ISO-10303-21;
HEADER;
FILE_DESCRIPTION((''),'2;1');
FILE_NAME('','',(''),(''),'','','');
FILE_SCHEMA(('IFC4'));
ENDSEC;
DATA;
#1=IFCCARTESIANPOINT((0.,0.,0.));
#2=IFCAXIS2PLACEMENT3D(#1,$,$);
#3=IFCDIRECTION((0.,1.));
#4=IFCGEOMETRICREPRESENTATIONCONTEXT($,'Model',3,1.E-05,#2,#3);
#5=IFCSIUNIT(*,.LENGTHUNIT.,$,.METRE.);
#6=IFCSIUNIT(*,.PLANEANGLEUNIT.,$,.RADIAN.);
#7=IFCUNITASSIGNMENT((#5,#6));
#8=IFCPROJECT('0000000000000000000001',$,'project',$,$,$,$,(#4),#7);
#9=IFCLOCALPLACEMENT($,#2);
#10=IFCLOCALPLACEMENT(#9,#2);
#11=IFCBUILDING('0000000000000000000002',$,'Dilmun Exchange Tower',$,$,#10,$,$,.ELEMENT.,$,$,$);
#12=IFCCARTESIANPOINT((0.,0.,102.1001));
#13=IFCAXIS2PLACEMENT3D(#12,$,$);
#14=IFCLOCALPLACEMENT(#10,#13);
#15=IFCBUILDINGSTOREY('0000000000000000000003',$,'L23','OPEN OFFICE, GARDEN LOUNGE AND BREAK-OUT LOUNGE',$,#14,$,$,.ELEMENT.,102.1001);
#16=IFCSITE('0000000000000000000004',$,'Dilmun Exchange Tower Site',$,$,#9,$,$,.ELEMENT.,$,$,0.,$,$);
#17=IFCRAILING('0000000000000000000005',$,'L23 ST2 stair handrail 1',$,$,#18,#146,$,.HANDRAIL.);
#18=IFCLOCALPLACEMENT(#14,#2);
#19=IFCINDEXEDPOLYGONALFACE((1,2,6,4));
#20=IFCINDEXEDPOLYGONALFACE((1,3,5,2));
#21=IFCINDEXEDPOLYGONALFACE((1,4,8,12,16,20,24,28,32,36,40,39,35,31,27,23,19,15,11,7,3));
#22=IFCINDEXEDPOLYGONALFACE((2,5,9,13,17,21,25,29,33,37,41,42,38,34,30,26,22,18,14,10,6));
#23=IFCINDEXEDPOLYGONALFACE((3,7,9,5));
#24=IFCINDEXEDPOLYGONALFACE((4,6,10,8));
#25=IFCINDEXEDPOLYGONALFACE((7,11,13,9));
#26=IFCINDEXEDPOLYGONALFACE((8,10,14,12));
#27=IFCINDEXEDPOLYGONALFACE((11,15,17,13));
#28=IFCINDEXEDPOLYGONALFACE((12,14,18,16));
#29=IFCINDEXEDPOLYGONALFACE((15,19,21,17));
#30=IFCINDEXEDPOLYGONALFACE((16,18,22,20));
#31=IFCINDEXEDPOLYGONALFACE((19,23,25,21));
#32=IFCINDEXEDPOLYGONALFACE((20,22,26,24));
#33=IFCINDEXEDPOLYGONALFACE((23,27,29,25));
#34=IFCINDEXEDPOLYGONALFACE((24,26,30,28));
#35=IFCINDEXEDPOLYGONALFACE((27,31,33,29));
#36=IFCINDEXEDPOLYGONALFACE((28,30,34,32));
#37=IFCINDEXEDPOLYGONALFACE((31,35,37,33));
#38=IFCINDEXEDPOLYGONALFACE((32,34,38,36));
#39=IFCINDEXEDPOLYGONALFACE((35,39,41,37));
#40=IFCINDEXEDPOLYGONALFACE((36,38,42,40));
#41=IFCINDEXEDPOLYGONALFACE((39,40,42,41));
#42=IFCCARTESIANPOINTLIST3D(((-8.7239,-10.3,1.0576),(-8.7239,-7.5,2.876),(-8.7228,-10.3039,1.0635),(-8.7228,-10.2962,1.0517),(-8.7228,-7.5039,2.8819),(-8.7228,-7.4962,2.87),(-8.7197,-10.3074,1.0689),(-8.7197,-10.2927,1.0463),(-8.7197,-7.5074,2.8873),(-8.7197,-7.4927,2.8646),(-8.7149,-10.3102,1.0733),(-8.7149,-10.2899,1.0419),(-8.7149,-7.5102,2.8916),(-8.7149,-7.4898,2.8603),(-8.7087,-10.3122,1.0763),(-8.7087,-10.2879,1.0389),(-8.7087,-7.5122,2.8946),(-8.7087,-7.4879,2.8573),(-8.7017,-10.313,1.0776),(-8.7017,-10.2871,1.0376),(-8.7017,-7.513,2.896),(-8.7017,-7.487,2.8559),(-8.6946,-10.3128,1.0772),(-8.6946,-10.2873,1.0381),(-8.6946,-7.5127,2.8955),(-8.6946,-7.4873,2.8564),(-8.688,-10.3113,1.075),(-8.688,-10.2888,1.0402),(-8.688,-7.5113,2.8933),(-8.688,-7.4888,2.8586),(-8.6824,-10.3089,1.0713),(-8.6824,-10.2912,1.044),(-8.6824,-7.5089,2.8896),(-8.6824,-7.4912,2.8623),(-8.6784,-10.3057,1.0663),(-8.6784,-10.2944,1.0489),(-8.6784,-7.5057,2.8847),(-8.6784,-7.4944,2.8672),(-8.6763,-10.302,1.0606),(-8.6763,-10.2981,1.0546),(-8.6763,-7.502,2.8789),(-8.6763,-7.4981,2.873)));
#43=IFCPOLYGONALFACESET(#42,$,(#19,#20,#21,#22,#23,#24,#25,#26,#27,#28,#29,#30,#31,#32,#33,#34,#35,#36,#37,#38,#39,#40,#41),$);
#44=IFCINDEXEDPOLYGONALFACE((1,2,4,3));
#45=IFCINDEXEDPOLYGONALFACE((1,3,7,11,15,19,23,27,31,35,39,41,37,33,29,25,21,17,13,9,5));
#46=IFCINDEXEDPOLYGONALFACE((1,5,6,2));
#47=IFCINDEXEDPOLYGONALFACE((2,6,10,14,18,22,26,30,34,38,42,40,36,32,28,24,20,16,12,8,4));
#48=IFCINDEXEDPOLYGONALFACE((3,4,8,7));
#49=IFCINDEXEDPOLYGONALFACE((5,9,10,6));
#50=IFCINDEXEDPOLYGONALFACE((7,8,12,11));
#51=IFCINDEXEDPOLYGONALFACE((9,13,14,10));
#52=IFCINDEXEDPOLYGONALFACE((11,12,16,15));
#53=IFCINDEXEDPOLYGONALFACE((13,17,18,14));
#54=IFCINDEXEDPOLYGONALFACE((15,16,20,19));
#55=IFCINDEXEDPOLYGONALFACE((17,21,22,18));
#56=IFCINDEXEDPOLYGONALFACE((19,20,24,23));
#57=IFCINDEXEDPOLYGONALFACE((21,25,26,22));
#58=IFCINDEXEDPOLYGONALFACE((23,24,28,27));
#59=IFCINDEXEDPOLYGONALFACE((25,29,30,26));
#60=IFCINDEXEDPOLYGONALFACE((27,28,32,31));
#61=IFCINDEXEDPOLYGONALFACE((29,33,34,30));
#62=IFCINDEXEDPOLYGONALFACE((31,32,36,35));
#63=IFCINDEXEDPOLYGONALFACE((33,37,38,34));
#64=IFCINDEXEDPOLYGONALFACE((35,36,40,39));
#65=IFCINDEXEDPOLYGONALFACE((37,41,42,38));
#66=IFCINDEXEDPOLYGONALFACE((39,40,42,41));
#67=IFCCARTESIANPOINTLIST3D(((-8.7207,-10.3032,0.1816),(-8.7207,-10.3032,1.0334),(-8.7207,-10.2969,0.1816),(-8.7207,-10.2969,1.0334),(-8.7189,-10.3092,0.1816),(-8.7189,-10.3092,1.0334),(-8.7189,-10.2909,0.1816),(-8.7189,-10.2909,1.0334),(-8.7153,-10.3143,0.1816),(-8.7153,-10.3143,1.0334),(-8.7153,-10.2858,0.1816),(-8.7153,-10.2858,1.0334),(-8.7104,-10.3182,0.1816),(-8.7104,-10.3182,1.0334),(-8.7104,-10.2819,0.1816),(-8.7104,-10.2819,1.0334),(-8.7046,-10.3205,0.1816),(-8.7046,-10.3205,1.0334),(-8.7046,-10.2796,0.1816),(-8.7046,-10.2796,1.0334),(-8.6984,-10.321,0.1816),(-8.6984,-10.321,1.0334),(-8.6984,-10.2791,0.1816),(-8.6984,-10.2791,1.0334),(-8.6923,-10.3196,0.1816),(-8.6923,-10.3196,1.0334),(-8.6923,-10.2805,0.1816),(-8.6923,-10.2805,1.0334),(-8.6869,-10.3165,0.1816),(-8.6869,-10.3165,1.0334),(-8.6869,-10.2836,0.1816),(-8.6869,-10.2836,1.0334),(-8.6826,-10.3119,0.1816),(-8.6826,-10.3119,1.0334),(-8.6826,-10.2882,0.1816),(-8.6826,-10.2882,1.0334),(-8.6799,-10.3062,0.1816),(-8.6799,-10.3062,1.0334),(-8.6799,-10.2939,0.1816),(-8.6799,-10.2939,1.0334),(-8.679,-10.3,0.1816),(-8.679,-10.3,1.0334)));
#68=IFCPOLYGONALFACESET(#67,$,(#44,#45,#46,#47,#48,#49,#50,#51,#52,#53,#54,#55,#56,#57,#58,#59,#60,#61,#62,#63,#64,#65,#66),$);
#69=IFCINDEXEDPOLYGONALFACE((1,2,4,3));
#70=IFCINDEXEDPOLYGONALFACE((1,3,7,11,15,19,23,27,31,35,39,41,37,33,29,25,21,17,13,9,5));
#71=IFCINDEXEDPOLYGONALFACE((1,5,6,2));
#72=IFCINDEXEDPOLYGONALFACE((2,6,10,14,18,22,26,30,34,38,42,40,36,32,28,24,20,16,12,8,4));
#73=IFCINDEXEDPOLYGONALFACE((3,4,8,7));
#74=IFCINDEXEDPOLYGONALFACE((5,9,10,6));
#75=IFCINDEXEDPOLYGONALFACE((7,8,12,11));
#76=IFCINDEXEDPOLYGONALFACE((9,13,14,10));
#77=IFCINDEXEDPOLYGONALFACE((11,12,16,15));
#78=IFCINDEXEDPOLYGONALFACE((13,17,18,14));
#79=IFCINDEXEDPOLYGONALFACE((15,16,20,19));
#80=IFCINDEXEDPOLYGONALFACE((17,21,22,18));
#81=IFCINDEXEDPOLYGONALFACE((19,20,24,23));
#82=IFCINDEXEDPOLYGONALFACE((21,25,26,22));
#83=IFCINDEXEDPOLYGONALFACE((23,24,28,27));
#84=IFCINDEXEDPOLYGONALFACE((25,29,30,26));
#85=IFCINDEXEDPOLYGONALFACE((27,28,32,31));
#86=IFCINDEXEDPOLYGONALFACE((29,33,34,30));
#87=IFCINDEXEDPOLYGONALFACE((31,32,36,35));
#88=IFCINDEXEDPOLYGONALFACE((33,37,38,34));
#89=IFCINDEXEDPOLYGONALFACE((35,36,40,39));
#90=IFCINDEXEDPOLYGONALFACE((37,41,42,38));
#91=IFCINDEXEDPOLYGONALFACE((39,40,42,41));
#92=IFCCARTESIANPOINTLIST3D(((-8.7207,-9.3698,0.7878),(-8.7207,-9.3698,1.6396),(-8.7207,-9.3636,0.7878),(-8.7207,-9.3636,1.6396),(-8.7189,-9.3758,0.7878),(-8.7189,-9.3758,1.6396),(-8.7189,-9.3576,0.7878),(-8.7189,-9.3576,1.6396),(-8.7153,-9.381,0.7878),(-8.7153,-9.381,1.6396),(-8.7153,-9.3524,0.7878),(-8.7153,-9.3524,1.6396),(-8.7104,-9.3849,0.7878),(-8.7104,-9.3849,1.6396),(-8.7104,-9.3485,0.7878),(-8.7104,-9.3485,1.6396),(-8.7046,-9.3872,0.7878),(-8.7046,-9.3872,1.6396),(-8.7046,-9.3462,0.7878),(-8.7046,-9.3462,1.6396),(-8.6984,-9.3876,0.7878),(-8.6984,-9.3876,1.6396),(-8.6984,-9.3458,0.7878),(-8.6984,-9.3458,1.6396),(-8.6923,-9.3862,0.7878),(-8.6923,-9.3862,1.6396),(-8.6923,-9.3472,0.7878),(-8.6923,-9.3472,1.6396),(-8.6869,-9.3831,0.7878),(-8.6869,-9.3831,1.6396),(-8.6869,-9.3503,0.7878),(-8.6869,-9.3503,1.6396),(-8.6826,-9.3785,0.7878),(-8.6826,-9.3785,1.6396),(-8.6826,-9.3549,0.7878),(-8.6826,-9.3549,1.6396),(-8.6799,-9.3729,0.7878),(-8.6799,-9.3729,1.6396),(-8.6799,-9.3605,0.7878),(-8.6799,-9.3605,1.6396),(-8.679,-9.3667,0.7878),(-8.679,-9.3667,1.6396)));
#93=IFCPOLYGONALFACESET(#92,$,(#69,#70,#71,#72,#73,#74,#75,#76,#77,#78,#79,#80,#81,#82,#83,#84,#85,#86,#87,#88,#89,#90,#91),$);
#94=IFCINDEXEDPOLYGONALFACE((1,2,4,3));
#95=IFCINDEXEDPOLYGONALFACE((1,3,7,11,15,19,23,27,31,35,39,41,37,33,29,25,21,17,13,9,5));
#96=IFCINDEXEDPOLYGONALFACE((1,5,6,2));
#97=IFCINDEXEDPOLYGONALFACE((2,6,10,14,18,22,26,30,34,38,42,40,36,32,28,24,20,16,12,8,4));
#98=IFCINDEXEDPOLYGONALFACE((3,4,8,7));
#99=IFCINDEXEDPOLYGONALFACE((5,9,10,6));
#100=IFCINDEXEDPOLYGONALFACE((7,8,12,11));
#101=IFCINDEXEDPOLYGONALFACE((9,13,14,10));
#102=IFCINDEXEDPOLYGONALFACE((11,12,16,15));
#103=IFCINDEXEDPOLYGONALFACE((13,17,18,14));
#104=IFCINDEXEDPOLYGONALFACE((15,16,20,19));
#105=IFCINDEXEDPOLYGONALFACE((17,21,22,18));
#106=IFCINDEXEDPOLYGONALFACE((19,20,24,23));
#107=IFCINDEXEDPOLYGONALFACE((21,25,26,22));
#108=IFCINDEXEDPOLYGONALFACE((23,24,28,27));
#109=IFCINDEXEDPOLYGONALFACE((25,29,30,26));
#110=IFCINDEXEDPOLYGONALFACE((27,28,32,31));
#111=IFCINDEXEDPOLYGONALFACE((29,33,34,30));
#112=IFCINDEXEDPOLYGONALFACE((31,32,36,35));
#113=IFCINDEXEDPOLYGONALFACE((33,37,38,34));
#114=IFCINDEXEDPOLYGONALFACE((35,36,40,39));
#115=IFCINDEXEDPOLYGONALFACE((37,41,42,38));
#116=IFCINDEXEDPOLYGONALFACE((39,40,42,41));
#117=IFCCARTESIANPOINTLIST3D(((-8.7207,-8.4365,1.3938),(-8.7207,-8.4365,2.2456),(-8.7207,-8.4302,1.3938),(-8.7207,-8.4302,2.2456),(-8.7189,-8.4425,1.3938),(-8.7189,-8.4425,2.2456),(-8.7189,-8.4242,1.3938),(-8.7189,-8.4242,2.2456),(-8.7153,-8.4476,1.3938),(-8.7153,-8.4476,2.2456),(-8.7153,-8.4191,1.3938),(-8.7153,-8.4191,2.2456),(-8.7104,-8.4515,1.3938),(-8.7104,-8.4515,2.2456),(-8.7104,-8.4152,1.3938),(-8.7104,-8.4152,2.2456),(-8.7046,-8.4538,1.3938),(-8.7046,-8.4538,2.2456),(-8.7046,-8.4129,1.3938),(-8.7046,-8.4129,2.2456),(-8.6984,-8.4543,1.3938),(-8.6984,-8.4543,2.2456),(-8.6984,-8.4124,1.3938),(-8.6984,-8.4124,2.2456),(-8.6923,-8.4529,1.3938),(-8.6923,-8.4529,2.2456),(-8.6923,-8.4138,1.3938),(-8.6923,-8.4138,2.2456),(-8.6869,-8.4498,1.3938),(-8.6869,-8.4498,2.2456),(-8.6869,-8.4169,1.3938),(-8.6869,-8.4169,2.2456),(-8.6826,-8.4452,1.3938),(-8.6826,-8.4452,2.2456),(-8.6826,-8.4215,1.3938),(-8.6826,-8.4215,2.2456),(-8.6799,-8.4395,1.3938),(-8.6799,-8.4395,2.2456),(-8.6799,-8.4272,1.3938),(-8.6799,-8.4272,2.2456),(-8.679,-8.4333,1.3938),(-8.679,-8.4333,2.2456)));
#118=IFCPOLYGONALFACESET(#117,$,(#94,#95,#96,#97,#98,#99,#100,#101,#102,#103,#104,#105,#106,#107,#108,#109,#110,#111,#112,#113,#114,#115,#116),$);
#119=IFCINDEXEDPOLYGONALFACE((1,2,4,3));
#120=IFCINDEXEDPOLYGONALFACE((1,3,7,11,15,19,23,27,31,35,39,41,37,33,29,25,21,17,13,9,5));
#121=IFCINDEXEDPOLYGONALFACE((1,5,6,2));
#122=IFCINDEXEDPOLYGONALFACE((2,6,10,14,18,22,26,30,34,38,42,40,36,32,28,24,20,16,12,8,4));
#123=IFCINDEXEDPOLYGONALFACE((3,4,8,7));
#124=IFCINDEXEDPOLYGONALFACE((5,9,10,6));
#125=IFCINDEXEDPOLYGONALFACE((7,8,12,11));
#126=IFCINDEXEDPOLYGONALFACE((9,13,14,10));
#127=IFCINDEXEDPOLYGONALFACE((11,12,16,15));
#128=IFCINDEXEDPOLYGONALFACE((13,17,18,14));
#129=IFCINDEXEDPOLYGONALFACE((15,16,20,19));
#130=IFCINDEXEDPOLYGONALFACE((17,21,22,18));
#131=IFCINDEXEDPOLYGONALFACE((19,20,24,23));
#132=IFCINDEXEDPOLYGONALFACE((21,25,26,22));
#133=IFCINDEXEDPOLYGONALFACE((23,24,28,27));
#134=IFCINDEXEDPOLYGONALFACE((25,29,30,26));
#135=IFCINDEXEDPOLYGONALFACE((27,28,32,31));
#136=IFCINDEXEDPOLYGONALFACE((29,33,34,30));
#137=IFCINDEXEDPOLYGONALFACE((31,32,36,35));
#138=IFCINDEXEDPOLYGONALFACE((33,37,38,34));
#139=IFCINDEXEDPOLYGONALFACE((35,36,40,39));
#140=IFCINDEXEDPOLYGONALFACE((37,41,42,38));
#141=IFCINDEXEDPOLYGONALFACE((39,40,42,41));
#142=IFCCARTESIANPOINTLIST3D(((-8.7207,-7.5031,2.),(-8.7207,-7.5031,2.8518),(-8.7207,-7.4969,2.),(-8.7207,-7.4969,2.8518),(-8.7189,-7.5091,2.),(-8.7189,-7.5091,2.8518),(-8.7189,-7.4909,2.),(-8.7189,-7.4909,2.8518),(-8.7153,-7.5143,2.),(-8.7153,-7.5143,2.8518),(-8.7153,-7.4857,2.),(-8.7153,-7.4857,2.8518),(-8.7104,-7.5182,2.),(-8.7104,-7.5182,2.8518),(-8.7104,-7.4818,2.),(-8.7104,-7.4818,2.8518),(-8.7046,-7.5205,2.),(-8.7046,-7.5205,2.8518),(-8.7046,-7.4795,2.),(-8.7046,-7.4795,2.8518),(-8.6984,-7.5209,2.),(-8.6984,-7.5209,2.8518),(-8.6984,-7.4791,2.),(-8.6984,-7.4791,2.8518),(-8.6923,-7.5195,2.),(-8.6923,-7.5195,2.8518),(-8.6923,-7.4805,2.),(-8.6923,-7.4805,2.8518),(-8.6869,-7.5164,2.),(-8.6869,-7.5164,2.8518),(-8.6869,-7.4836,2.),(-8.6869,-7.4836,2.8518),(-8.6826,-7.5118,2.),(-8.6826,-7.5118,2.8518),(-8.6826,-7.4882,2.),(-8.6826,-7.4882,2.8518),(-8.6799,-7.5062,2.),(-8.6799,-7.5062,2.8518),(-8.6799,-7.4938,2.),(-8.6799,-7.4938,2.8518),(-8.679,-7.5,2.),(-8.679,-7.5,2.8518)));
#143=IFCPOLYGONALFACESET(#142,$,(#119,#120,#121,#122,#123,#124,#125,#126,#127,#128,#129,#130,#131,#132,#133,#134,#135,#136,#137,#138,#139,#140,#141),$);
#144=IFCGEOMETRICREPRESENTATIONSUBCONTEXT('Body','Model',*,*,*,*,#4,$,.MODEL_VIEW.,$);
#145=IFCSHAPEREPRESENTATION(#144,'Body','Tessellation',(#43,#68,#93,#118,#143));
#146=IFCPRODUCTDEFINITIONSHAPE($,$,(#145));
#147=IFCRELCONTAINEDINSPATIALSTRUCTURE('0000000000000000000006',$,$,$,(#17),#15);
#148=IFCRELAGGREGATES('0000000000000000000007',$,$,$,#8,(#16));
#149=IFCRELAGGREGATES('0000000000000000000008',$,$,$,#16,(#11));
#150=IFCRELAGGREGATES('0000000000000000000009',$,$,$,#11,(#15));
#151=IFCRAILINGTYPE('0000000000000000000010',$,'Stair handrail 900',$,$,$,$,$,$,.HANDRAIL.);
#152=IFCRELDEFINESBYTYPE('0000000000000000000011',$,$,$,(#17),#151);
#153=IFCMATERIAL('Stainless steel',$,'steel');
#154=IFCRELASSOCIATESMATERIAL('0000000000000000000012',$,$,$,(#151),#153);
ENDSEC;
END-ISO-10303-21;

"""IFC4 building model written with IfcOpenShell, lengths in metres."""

from ifc_helpers import new_model, si_unit, direction, frame, origin, origin_2d, place, context, subcontext, project, spatial, circle, extrude, material, type_object, element, save


model = new_model("IFC4")

# Units and contexts
model_context = context("Model", 3, precision=1e-05, world=origin(), true_north=direction((0.0, 1.0)))
body_context = subcontext(model_context, "Body", "Model", "MODEL_VIEW")
ifc_project = project(units=[si_unit("LENGTHUNIT", "METRE"), si_unit("PLANEANGLEUNIT", "RADIAN")], contexts=[model_context])

# Site, building, storey
site_placement = place(None, origin())
site = spatial("IfcSite", under=ifc_project, at=site_placement, Name="Dilmun Exchange Tower Site", CompositionType="ELEMENT", RefElevation=0.0)
building_placement = place(site_placement, origin())
building = spatial("IfcBuilding", under=site, at=building_placement, Name="Dilmun Exchange Tower", CompositionType="ELEMENT")
storey_placement = place(building_placement, frame((0.0, 0.0, 102.1001)))
storey = spatial("IfcBuildingStorey", under=building, at=storey_placement, Name="L23", Description="OPEN OFFICE, GARDEN LOUNGE AND BREAK-OUT LOUNGE", CompositionType="ELEMENT", Elevation=102.1001)

# Railing
ifc_material_1 = material(Name="Stainless steel", Category="steel")
railing_type = type_object("IfcRailingType", Name="Stair handrail 900", PredefinedType="HANDRAIL", material=ifc_material_1)
railing_placement = place(storey_placement, frame((-8.7, -10.3, 0.1816)))
element("IfcRailing", 1, at=railing_placement, inside=storey, type_object=railing_type, Name="L23 ST2 stair handrail 1", PredefinedType="HANDRAIL", context=body_context, shape_type="SweptSolid", body=[
    extrude(circle(Radius=0.0239, at=origin_2d()), frame((0.0, 0.0, 0.876), z_axis=(0.0, 0.838672, 0.544636), x_axis=(-1.0, 0.0, 0.0)), (0.0, 0.0, 1.0), 3.3386),
    extrude(circle(Radius=0.021, at=origin_2d()), origin(), (0.0, 0.0, 1.0), 0.8518),
    extrude(circle(Radius=0.021, at=origin_2d()), frame((0.0, 0.9333, 0.6062)), (0.0, 0.0, 1.0), 0.8518),
    extrude(circle(Radius=0.021, at=origin_2d()), frame((0.0, 1.8667, 1.2122)), (0.0, 0.0, 1.0), 0.8518),
    extrude(circle(Radius=0.021, at=origin_2d()), frame((0.0, 2.8, 1.8184)), (0.0, 0.0, 1.0), 0.8518),
])

save(model, "model.ifc")
